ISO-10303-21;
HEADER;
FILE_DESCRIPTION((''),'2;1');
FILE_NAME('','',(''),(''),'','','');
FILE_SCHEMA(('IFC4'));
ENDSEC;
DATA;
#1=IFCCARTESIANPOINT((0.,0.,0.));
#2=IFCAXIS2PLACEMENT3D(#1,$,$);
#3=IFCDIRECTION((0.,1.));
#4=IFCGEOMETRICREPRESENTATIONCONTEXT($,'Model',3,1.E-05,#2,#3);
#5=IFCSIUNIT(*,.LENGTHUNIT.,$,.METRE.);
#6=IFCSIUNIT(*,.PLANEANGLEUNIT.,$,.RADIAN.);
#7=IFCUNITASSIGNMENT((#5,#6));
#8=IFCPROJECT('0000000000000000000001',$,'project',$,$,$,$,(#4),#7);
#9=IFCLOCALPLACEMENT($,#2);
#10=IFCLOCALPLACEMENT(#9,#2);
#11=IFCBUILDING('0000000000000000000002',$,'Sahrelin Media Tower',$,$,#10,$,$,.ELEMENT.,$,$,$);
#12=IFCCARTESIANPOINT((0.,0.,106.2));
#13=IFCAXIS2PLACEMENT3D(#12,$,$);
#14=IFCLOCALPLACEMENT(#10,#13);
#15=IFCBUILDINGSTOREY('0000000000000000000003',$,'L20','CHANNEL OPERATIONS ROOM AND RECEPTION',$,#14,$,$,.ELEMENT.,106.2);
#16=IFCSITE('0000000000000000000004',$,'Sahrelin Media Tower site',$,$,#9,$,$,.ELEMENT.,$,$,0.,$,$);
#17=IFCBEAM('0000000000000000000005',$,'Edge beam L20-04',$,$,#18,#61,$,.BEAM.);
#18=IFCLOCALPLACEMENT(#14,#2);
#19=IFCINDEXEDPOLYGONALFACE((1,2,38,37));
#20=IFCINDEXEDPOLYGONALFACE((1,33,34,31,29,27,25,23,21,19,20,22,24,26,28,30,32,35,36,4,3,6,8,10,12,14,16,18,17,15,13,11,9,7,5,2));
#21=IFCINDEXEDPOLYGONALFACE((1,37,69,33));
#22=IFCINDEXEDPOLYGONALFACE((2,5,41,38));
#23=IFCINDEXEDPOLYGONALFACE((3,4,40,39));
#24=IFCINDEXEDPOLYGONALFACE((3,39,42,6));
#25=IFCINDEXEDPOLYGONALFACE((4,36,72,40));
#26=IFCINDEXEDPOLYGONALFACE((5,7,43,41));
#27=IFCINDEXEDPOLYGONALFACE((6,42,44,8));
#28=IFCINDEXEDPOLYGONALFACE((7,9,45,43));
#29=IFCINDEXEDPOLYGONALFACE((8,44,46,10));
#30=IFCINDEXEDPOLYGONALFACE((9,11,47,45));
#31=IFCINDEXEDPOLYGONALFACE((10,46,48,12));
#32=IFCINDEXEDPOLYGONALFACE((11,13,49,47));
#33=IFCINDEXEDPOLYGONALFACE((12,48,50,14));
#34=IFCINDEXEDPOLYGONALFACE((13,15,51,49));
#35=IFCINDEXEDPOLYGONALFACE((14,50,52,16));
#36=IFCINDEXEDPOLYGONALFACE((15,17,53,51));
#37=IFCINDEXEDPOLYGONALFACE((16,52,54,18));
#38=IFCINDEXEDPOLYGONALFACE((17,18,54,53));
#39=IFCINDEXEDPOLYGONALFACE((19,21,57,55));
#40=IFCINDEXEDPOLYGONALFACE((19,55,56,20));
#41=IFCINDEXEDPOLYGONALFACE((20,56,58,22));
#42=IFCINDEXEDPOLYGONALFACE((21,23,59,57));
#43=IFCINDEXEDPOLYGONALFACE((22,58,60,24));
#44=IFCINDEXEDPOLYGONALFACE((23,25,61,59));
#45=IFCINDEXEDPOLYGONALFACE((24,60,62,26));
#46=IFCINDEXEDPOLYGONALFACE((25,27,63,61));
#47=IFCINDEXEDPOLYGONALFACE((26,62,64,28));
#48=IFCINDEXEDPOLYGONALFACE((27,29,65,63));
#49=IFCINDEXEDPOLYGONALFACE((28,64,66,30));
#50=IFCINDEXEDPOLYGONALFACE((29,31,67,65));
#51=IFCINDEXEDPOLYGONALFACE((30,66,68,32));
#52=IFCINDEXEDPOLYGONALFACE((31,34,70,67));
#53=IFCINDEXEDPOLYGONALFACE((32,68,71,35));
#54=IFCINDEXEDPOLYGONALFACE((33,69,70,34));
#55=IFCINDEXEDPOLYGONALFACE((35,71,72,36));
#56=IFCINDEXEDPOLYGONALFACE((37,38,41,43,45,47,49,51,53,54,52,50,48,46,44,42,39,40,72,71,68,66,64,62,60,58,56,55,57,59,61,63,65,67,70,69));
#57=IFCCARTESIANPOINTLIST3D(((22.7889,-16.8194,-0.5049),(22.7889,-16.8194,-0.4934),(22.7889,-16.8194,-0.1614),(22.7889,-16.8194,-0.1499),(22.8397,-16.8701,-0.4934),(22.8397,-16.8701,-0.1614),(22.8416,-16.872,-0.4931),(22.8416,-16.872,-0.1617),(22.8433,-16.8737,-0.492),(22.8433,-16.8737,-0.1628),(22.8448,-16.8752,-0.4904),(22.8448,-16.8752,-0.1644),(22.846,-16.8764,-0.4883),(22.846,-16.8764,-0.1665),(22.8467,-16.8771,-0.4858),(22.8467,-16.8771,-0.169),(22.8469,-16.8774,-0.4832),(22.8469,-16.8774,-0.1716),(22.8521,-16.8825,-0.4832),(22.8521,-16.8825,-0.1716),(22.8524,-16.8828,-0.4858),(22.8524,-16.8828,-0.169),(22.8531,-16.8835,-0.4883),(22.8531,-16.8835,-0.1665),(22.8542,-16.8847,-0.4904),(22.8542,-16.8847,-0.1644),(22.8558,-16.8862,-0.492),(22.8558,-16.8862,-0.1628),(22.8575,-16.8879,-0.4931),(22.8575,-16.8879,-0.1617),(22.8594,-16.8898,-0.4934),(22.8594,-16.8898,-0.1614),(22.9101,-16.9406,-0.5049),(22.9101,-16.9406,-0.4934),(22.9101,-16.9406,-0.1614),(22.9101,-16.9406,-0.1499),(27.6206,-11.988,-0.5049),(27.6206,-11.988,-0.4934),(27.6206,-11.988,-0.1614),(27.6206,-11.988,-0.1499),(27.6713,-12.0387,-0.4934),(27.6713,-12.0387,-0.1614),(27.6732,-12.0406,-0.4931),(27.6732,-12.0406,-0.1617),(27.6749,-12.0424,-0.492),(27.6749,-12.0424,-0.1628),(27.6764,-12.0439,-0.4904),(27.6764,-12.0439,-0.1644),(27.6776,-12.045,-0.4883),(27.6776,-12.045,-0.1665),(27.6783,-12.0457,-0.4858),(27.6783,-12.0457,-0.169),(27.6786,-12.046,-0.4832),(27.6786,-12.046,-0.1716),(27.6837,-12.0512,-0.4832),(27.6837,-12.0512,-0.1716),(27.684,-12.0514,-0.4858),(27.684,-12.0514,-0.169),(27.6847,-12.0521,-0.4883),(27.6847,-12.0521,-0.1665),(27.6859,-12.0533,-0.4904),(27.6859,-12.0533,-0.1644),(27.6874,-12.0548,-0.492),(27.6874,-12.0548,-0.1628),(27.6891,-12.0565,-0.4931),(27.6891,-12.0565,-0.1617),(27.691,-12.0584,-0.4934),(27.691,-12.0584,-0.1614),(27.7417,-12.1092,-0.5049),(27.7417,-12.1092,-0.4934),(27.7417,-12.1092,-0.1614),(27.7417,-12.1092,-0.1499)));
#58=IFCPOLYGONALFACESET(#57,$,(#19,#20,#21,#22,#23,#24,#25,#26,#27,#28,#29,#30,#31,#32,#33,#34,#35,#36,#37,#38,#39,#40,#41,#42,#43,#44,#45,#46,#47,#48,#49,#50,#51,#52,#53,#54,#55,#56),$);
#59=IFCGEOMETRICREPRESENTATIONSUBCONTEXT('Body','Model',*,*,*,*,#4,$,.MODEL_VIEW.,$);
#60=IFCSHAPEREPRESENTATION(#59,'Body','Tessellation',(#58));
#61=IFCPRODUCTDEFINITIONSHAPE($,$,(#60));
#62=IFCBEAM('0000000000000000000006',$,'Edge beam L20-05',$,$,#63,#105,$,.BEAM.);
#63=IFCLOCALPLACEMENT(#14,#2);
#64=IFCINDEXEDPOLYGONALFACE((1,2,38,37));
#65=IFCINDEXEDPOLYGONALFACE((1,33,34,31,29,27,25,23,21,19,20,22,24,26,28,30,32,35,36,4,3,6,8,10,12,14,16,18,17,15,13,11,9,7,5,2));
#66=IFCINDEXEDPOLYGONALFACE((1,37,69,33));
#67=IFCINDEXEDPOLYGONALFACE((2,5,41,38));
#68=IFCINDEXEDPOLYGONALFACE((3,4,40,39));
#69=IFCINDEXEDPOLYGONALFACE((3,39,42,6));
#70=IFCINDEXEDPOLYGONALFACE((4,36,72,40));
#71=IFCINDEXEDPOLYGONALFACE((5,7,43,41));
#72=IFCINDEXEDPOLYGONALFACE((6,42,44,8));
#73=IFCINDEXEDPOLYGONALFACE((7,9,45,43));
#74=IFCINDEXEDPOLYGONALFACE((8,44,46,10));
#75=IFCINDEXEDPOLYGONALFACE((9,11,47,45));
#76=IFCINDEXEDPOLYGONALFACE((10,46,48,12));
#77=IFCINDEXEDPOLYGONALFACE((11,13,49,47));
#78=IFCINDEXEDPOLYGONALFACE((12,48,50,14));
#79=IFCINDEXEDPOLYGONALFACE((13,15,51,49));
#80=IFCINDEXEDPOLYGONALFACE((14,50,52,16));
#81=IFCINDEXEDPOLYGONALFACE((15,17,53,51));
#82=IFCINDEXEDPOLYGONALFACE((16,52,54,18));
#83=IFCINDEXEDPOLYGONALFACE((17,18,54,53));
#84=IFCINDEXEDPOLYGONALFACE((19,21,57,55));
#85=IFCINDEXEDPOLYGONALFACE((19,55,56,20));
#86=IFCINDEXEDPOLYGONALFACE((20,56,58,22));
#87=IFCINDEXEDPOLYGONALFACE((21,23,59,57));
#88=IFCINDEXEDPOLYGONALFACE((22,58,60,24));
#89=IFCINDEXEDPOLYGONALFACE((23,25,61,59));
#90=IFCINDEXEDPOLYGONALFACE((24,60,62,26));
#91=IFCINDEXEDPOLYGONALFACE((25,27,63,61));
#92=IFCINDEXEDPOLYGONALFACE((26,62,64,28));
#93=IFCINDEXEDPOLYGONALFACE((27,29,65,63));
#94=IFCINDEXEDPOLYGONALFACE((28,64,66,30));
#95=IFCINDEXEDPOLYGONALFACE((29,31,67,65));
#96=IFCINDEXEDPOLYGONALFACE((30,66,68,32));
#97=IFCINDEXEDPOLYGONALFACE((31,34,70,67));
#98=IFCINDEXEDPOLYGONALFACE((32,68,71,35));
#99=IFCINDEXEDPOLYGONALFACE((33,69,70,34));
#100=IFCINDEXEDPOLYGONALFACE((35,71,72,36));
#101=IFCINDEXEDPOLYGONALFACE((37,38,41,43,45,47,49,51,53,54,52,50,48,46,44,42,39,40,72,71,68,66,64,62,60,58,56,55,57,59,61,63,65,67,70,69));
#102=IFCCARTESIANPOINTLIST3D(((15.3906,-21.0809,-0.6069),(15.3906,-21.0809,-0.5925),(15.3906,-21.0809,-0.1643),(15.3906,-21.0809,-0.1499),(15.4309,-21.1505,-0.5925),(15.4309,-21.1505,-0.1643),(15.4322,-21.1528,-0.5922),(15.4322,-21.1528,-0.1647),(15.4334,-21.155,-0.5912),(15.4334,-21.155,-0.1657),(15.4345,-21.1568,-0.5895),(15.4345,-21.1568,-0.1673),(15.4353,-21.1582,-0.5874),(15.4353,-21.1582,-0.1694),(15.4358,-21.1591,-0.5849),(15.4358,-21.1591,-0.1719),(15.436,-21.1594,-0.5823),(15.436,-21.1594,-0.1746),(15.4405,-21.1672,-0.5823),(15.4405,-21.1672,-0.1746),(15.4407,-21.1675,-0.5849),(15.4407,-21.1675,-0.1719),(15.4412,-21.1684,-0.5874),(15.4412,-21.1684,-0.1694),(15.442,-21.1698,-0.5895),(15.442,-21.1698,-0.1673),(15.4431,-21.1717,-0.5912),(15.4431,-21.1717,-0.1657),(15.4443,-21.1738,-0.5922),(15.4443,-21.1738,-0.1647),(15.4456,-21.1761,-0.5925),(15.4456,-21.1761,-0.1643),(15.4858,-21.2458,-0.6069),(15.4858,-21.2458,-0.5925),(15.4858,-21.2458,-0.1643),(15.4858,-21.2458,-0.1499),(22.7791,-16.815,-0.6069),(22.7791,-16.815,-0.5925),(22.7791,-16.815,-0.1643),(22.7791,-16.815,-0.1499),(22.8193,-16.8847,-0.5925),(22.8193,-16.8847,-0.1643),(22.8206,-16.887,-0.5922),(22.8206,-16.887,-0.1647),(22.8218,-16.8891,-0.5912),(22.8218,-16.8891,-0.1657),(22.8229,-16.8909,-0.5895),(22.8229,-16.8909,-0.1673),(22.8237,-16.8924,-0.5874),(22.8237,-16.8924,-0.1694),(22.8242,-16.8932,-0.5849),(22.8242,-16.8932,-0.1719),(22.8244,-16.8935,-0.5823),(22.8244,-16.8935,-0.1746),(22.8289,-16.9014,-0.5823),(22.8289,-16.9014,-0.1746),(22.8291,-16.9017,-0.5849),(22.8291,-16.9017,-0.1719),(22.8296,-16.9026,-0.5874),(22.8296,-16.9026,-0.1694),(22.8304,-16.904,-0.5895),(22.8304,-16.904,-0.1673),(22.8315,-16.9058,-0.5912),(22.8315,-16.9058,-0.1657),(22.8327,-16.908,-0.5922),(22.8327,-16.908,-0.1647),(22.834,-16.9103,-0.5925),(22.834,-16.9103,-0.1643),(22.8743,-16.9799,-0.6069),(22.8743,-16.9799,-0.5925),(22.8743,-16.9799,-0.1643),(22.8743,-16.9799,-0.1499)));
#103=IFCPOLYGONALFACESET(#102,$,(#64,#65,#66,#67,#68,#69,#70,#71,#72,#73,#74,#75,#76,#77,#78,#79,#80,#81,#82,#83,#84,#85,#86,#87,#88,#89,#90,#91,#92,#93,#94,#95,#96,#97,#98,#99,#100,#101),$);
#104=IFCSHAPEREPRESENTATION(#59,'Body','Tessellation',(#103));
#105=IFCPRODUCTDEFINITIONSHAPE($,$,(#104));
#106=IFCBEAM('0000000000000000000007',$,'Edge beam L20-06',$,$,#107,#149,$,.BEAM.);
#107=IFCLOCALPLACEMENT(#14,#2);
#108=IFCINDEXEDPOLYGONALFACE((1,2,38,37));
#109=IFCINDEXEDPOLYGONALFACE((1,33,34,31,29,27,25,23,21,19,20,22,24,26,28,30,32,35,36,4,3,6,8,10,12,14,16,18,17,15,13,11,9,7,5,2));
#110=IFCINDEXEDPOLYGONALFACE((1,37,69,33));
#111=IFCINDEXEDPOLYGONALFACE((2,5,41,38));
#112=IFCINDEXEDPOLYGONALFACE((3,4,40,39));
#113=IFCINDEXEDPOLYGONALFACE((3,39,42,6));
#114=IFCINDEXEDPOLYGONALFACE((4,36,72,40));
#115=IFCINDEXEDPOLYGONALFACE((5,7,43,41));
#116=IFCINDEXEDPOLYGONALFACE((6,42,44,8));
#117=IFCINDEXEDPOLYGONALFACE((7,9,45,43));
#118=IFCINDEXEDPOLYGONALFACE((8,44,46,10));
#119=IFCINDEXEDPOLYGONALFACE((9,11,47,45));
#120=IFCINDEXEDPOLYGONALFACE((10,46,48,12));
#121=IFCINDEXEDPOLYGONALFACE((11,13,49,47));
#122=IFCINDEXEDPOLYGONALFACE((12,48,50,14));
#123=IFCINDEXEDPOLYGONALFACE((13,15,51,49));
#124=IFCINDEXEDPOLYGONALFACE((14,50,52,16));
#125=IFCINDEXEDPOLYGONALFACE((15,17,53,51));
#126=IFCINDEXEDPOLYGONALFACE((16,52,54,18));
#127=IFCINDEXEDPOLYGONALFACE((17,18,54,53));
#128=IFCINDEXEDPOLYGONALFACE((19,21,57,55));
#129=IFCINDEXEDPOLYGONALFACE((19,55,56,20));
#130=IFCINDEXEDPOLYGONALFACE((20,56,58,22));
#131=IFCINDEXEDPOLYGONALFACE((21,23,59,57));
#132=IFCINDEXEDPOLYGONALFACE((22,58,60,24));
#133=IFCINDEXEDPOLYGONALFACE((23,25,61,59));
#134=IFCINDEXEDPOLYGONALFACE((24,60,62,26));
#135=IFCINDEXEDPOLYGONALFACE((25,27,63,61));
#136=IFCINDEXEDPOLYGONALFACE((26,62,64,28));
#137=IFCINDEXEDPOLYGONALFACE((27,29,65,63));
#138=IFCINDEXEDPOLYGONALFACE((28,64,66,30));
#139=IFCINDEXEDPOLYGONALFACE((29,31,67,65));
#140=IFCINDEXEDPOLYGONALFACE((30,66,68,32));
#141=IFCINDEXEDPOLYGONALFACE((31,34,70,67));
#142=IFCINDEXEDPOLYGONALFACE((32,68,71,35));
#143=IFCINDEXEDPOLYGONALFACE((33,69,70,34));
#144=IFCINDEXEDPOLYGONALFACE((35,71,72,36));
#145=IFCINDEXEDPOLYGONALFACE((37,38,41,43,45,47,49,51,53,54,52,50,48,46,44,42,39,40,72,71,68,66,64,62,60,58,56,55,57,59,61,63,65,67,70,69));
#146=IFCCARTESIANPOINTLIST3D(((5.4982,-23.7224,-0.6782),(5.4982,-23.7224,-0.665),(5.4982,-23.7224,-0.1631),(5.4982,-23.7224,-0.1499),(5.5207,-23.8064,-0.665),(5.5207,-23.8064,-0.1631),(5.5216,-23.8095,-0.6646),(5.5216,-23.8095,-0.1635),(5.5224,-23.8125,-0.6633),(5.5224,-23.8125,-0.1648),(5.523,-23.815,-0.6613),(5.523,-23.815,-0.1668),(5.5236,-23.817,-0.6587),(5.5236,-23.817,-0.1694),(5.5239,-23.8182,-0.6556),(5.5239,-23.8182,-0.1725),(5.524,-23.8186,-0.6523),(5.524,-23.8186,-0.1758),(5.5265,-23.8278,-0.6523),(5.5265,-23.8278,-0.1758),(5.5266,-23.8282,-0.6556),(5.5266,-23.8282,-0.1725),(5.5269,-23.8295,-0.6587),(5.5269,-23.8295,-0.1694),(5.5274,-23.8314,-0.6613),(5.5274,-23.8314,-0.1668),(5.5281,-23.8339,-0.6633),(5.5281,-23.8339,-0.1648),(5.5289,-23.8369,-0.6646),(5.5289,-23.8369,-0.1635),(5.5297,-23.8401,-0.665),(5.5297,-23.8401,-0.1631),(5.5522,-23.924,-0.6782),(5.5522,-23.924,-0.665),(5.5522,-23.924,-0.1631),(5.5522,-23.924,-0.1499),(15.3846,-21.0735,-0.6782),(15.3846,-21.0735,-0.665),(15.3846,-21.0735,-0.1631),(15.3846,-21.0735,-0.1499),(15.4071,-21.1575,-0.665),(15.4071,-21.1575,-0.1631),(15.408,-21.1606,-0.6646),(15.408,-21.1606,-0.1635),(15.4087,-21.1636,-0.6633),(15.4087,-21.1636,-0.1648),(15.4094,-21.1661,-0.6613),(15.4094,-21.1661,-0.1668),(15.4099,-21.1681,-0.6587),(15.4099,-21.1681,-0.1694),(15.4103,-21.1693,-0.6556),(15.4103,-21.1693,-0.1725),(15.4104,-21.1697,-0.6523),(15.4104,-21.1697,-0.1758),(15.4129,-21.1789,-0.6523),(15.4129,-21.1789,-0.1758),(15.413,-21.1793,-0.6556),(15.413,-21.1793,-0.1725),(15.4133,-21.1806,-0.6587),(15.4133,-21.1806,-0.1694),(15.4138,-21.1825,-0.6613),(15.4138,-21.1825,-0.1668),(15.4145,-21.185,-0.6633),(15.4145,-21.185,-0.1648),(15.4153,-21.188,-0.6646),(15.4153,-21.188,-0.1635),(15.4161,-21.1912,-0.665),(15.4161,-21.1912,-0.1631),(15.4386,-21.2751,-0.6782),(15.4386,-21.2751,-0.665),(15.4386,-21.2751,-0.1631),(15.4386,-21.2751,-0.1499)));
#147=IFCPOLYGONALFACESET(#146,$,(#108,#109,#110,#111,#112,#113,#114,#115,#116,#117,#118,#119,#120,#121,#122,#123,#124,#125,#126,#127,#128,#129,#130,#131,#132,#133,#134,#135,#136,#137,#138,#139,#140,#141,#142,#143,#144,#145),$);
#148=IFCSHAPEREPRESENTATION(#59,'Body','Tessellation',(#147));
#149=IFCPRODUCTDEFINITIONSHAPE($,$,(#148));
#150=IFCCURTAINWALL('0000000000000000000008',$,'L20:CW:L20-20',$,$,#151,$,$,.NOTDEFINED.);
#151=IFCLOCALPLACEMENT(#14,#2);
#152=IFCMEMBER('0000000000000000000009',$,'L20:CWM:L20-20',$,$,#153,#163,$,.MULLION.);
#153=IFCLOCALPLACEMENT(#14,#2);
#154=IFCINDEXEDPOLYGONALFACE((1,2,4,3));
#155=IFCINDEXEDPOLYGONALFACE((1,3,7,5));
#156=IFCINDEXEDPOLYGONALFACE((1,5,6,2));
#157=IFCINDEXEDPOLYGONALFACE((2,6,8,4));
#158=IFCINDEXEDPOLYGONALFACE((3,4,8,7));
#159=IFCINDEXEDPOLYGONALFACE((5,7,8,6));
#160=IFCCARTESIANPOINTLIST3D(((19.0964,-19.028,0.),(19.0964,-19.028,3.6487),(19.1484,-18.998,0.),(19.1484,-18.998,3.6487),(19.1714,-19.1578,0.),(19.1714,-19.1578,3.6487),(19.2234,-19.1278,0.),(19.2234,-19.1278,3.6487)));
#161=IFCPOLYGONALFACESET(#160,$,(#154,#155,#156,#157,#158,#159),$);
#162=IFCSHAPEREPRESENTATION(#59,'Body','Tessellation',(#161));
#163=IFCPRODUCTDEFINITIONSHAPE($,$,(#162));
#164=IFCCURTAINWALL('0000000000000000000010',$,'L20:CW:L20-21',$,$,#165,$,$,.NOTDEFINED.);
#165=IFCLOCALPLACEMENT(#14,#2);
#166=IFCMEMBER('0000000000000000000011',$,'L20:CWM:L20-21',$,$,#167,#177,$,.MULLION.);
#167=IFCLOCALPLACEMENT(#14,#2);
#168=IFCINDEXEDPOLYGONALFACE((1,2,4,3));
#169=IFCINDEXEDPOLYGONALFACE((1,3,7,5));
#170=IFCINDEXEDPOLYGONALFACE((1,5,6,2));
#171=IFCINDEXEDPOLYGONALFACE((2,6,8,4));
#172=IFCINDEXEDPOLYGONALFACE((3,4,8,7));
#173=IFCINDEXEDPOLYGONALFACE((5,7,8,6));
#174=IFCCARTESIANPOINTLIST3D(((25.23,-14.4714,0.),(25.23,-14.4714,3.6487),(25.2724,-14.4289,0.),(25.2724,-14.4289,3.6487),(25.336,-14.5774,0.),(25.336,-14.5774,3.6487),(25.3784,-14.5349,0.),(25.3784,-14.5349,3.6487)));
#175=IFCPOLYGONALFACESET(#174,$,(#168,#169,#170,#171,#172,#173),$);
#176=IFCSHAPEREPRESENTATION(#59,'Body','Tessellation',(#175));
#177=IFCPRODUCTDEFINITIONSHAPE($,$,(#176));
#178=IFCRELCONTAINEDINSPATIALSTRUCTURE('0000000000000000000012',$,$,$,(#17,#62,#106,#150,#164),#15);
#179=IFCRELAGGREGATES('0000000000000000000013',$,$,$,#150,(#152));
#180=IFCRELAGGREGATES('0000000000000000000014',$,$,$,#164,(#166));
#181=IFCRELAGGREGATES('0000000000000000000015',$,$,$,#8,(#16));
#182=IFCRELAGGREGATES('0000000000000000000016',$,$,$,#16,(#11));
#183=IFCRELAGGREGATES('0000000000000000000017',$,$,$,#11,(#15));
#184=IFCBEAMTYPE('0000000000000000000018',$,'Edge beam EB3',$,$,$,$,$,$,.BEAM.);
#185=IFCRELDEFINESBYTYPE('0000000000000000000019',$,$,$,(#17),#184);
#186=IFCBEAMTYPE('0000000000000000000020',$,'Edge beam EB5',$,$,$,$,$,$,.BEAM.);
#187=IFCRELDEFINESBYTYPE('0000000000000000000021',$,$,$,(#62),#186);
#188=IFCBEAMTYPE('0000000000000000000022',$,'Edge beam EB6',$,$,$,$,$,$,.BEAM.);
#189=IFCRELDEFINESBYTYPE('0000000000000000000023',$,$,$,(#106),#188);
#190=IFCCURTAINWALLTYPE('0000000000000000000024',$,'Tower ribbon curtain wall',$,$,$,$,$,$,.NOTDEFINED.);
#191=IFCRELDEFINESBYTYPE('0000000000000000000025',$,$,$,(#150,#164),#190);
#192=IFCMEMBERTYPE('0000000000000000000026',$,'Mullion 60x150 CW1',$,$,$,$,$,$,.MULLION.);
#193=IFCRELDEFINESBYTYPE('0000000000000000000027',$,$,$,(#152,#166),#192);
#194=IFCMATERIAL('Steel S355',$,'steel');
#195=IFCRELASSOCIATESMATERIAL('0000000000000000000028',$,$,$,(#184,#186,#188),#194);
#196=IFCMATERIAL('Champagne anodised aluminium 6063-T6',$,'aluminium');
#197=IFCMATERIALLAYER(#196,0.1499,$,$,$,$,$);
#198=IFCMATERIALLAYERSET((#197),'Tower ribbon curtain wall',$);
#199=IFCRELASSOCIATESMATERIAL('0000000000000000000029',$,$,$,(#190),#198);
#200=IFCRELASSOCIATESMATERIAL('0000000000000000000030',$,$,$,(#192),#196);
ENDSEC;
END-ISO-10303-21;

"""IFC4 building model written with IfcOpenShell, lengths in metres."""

from ifc_helpers import new_model, si_unit, direction, frame, origin, origin_2d, place, context, subcontext, project, spatial, rectangle, i_section, extrude, material, layer, layer_set, material_profile, profile_set, type_object, element, aggregate, save


model = new_model("IFC4")

# Units and contexts
model_context = context("Model", 3, precision=1e-05, world=origin(), true_north=direction((0.0, 1.0)))
body_context = subcontext(model_context, "Body", "Model", "MODEL_VIEW")
ifc_project = project(units=[si_unit("LENGTHUNIT", "METRE"), si_unit("PLANEANGLEUNIT", "RADIAN")], contexts=[model_context])

# Site, building, storey
site_placement = place(None, origin())
site = spatial("IfcSite", under=ifc_project, at=site_placement, Name="Sahrelin Media Tower site", CompositionType="ELEMENT", RefElevation=0.0)
building_placement = place(site_placement, origin())
building = spatial("IfcBuilding", under=site, at=building_placement, Name="Sahrelin Media Tower", CompositionType="ELEMENT")
storey_placement = place(building_placement, frame((0.0, 0.0, 106.2)))
storey = spatial("IfcBuildingStorey", under=building, at=storey_placement, Name="L20", Description="CHANNEL OPERATIONS ROOM AND RECEPTION", CompositionType="ELEMENT", Elevation=106.2)

# Beams
ifc_material_1 = material(Name="Steel S355", Category="steel")
ifc_material_profile_1 = material_profile(ifc_material_1, i_section(OverallWidth=0.1714, OverallDepth=0.355, WebThickness=0.0073, FlangeThickness=0.0115, FilletRadius=0.0103, at=origin_2d()), Name="UB 356x171x51")
ifc_profile_set_1 = profile_set([ifc_material_profile_1], Name="Steel S355")
beam_type_1 = type_object("IfcBeamType", Name="Edge beam EB3", PredefinedType="BEAM", material=ifc_profile_set_1)
beam_1_placement = place(storey_placement, frame((27.6812, -12.0486, -0.3274), z_axis=(-0.707125, -0.707089, 0.0), x_axis=(0.707089, -0.707125, 0.0)))
element("IfcBeam", 1, at=beam_1_placement, inside=storey, type_object=beam_type_1, Name="Edge beam L20-04", PredefinedType="BEAM", context=body_context, shape_type="SweptSolid", body=[
    extrude(i_section(OverallWidth=0.1714, OverallDepth=0.355, WebThickness=0.0073, FlangeThickness=0.0115, FilletRadius=0.0103, at=origin_2d()), origin(), (0.0, 0.0, 1.0), 6.8328),
])
ifc_material_profile_2 = material_profile(ifc_material_1, i_section(OverallWidth=0.1904, OverallDepth=0.457, WebThickness=0.009, FlangeThickness=0.0144, FilletRadius=0.0103, at=origin_2d()), Name="UB 457x191x74")
ifc_profile_set_2 = profile_set([ifc_material_profile_2], Name="Steel S355")
beam_type_2 = type_object("IfcBeamType", Name="Edge beam EB5", PredefinedType="BEAM", material=ifc_profile_set_2)
beam_2_placement = place(storey_placement, frame((22.8267, -16.8975, -0.3784), z_axis=(-0.866017, -0.500014, 0.0), x_axis=(0.500014, -0.866017, 0.0)))
element("IfcBeam", 2, at=beam_2_placement, inside=storey, type_object=beam_type_2, Name="Edge beam L20-05", PredefinedType="BEAM", context=body_context, shape_type="SweptSolid", body=[
    extrude(i_section(OverallWidth=0.1904, OverallDepth=0.457, WebThickness=0.009, FlangeThickness=0.0144, FilletRadius=0.0103, at=origin_2d()), origin(), (0.0, 0.0, 1.0), 8.5315),
])
ifc_material_profile_3 = material_profile(ifc_material_1, i_section(OverallWidth=0.2087, OverallDepth=0.5283, WebThickness=0.0095, FlangeThickness=0.0132, FilletRadius=0.0127, at=origin_2d()), Name="UB 533x210x82")
ifc_profile_set_3 = profile_set([ifc_material_profile_3], Name="Steel S355")
beam_type_3 = type_object("IfcBeamType", Name="Edge beam EB6", PredefinedType="BEAM", material=ifc_profile_set_3)
beam_3_placement = place(storey_placement, frame((15.4116, -21.1743, -0.4141), z_axis=(-0.965929, -0.258806, 0.0), x_axis=(0.258806, -0.965929, 0.0)))
element("IfcBeam", 3, at=beam_3_placement, inside=storey, type_object=beam_type_3, Name="Edge beam L20-06", PredefinedType="BEAM", context=body_context, shape_type="SweptSolid", body=[
    extrude(i_section(OverallWidth=0.2087, OverallDepth=0.5283, WebThickness=0.0095, FlangeThickness=0.0132, FilletRadius=0.0127, at=origin_2d()), origin(), (0.0, 0.0, 1.0), 10.2351),
])

# Curtain walls, members
ifc_material_2 = material(Name="Champagne anodised aluminium 6063-T6", Category="aluminium")
ifc_layer_1 = layer(ifc_material_2, 0.1499)
ifc_layer_set_1 = layer_set([ifc_layer_1], Name="Tower ribbon curtain wall")
curtain_wall_type = type_object("IfcCurtainWallType", Name="Tower ribbon curtain wall", PredefinedType="NOTDEFINED", material=ifc_layer_set_1)
curtain_wall_1_placement = place(storey_placement, frame((19.2075, -19.1604, 0.0), z_axis=(0.0, 0.0, 1.0), x_axis=(1.0, 0.0, 0.0)))
curtain_wall_1 = element("IfcCurtainWall", 4, at=curtain_wall_1_placement, inside=storey, type_object=curtain_wall_type, Name="L20:CW:L20-20", PredefinedType="NOTDEFINED")
ifc_material_profile_4 = material_profile(ifc_material_2, rectangle(XDim=0.0601, YDim=0.1499, at=origin_2d()), Name="Mullion 60x150")
ifc_profile_set_4 = profile_set([ifc_material_profile_4], Name="Champagne anodised aluminium 6063-T6")
member_type_1 = type_object("IfcMemberType", Name="Mullion 60x150 CW1", PredefinedType="MULLION", material=ifc_profile_set_4)
member_1_placement = place(storey_placement, frame((19.1599, -19.0779, 0.0), z_axis=(0.0, 0.0, 1.0), x_axis=(0.866025, 0.500002, 0.0)))
member_1 = element("IfcMember", 5, at=member_1_placement, type_object=member_type_1, Name="L20:CWM:L20-20", PredefinedType="MULLION", context=body_context, shape_type="SweptSolid", body=[
    extrude(rectangle(XDim=0.0601, YDim=0.1499, at=origin_2d()), origin(), (0.0, 0.0, 1.0), 3.6487),
])
curtain_wall_2_placement = place(storey_placement, frame((25.3713, -14.5703, 0.0), z_axis=(0.0, 0.0, 1.0), x_axis=(1.0, 0.0, 0.0)))
curtain_wall_2 = element("IfcCurtainWall", 6, at=curtain_wall_2_placement, inside=storey, type_object=curtain_wall_type, Name="L20:CW:L20-21", PredefinedType="NOTDEFINED")
member_2_placement = place(storey_placement, frame((25.3042, -14.5032, 0.0), z_axis=(0.0, 0.0, 1.0), x_axis=(0.707107, 0.707107, 0.0)))
member_2 = element("IfcMember", 7, at=member_2_placement, type_object=member_type_1, Name="L20:CWM:L20-21", PredefinedType="MULLION", context=body_context, shape_type="SweptSolid", body=[
    extrude(rectangle(XDim=0.0601, YDim=0.1499, at=origin_2d()), origin(), (0.0, 0.0, 1.0), 3.6487),
])

aggregate(curtain_wall_1, [member_1])
aggregate(curtain_wall_2, [member_2])

save(model, "model.ifc")
